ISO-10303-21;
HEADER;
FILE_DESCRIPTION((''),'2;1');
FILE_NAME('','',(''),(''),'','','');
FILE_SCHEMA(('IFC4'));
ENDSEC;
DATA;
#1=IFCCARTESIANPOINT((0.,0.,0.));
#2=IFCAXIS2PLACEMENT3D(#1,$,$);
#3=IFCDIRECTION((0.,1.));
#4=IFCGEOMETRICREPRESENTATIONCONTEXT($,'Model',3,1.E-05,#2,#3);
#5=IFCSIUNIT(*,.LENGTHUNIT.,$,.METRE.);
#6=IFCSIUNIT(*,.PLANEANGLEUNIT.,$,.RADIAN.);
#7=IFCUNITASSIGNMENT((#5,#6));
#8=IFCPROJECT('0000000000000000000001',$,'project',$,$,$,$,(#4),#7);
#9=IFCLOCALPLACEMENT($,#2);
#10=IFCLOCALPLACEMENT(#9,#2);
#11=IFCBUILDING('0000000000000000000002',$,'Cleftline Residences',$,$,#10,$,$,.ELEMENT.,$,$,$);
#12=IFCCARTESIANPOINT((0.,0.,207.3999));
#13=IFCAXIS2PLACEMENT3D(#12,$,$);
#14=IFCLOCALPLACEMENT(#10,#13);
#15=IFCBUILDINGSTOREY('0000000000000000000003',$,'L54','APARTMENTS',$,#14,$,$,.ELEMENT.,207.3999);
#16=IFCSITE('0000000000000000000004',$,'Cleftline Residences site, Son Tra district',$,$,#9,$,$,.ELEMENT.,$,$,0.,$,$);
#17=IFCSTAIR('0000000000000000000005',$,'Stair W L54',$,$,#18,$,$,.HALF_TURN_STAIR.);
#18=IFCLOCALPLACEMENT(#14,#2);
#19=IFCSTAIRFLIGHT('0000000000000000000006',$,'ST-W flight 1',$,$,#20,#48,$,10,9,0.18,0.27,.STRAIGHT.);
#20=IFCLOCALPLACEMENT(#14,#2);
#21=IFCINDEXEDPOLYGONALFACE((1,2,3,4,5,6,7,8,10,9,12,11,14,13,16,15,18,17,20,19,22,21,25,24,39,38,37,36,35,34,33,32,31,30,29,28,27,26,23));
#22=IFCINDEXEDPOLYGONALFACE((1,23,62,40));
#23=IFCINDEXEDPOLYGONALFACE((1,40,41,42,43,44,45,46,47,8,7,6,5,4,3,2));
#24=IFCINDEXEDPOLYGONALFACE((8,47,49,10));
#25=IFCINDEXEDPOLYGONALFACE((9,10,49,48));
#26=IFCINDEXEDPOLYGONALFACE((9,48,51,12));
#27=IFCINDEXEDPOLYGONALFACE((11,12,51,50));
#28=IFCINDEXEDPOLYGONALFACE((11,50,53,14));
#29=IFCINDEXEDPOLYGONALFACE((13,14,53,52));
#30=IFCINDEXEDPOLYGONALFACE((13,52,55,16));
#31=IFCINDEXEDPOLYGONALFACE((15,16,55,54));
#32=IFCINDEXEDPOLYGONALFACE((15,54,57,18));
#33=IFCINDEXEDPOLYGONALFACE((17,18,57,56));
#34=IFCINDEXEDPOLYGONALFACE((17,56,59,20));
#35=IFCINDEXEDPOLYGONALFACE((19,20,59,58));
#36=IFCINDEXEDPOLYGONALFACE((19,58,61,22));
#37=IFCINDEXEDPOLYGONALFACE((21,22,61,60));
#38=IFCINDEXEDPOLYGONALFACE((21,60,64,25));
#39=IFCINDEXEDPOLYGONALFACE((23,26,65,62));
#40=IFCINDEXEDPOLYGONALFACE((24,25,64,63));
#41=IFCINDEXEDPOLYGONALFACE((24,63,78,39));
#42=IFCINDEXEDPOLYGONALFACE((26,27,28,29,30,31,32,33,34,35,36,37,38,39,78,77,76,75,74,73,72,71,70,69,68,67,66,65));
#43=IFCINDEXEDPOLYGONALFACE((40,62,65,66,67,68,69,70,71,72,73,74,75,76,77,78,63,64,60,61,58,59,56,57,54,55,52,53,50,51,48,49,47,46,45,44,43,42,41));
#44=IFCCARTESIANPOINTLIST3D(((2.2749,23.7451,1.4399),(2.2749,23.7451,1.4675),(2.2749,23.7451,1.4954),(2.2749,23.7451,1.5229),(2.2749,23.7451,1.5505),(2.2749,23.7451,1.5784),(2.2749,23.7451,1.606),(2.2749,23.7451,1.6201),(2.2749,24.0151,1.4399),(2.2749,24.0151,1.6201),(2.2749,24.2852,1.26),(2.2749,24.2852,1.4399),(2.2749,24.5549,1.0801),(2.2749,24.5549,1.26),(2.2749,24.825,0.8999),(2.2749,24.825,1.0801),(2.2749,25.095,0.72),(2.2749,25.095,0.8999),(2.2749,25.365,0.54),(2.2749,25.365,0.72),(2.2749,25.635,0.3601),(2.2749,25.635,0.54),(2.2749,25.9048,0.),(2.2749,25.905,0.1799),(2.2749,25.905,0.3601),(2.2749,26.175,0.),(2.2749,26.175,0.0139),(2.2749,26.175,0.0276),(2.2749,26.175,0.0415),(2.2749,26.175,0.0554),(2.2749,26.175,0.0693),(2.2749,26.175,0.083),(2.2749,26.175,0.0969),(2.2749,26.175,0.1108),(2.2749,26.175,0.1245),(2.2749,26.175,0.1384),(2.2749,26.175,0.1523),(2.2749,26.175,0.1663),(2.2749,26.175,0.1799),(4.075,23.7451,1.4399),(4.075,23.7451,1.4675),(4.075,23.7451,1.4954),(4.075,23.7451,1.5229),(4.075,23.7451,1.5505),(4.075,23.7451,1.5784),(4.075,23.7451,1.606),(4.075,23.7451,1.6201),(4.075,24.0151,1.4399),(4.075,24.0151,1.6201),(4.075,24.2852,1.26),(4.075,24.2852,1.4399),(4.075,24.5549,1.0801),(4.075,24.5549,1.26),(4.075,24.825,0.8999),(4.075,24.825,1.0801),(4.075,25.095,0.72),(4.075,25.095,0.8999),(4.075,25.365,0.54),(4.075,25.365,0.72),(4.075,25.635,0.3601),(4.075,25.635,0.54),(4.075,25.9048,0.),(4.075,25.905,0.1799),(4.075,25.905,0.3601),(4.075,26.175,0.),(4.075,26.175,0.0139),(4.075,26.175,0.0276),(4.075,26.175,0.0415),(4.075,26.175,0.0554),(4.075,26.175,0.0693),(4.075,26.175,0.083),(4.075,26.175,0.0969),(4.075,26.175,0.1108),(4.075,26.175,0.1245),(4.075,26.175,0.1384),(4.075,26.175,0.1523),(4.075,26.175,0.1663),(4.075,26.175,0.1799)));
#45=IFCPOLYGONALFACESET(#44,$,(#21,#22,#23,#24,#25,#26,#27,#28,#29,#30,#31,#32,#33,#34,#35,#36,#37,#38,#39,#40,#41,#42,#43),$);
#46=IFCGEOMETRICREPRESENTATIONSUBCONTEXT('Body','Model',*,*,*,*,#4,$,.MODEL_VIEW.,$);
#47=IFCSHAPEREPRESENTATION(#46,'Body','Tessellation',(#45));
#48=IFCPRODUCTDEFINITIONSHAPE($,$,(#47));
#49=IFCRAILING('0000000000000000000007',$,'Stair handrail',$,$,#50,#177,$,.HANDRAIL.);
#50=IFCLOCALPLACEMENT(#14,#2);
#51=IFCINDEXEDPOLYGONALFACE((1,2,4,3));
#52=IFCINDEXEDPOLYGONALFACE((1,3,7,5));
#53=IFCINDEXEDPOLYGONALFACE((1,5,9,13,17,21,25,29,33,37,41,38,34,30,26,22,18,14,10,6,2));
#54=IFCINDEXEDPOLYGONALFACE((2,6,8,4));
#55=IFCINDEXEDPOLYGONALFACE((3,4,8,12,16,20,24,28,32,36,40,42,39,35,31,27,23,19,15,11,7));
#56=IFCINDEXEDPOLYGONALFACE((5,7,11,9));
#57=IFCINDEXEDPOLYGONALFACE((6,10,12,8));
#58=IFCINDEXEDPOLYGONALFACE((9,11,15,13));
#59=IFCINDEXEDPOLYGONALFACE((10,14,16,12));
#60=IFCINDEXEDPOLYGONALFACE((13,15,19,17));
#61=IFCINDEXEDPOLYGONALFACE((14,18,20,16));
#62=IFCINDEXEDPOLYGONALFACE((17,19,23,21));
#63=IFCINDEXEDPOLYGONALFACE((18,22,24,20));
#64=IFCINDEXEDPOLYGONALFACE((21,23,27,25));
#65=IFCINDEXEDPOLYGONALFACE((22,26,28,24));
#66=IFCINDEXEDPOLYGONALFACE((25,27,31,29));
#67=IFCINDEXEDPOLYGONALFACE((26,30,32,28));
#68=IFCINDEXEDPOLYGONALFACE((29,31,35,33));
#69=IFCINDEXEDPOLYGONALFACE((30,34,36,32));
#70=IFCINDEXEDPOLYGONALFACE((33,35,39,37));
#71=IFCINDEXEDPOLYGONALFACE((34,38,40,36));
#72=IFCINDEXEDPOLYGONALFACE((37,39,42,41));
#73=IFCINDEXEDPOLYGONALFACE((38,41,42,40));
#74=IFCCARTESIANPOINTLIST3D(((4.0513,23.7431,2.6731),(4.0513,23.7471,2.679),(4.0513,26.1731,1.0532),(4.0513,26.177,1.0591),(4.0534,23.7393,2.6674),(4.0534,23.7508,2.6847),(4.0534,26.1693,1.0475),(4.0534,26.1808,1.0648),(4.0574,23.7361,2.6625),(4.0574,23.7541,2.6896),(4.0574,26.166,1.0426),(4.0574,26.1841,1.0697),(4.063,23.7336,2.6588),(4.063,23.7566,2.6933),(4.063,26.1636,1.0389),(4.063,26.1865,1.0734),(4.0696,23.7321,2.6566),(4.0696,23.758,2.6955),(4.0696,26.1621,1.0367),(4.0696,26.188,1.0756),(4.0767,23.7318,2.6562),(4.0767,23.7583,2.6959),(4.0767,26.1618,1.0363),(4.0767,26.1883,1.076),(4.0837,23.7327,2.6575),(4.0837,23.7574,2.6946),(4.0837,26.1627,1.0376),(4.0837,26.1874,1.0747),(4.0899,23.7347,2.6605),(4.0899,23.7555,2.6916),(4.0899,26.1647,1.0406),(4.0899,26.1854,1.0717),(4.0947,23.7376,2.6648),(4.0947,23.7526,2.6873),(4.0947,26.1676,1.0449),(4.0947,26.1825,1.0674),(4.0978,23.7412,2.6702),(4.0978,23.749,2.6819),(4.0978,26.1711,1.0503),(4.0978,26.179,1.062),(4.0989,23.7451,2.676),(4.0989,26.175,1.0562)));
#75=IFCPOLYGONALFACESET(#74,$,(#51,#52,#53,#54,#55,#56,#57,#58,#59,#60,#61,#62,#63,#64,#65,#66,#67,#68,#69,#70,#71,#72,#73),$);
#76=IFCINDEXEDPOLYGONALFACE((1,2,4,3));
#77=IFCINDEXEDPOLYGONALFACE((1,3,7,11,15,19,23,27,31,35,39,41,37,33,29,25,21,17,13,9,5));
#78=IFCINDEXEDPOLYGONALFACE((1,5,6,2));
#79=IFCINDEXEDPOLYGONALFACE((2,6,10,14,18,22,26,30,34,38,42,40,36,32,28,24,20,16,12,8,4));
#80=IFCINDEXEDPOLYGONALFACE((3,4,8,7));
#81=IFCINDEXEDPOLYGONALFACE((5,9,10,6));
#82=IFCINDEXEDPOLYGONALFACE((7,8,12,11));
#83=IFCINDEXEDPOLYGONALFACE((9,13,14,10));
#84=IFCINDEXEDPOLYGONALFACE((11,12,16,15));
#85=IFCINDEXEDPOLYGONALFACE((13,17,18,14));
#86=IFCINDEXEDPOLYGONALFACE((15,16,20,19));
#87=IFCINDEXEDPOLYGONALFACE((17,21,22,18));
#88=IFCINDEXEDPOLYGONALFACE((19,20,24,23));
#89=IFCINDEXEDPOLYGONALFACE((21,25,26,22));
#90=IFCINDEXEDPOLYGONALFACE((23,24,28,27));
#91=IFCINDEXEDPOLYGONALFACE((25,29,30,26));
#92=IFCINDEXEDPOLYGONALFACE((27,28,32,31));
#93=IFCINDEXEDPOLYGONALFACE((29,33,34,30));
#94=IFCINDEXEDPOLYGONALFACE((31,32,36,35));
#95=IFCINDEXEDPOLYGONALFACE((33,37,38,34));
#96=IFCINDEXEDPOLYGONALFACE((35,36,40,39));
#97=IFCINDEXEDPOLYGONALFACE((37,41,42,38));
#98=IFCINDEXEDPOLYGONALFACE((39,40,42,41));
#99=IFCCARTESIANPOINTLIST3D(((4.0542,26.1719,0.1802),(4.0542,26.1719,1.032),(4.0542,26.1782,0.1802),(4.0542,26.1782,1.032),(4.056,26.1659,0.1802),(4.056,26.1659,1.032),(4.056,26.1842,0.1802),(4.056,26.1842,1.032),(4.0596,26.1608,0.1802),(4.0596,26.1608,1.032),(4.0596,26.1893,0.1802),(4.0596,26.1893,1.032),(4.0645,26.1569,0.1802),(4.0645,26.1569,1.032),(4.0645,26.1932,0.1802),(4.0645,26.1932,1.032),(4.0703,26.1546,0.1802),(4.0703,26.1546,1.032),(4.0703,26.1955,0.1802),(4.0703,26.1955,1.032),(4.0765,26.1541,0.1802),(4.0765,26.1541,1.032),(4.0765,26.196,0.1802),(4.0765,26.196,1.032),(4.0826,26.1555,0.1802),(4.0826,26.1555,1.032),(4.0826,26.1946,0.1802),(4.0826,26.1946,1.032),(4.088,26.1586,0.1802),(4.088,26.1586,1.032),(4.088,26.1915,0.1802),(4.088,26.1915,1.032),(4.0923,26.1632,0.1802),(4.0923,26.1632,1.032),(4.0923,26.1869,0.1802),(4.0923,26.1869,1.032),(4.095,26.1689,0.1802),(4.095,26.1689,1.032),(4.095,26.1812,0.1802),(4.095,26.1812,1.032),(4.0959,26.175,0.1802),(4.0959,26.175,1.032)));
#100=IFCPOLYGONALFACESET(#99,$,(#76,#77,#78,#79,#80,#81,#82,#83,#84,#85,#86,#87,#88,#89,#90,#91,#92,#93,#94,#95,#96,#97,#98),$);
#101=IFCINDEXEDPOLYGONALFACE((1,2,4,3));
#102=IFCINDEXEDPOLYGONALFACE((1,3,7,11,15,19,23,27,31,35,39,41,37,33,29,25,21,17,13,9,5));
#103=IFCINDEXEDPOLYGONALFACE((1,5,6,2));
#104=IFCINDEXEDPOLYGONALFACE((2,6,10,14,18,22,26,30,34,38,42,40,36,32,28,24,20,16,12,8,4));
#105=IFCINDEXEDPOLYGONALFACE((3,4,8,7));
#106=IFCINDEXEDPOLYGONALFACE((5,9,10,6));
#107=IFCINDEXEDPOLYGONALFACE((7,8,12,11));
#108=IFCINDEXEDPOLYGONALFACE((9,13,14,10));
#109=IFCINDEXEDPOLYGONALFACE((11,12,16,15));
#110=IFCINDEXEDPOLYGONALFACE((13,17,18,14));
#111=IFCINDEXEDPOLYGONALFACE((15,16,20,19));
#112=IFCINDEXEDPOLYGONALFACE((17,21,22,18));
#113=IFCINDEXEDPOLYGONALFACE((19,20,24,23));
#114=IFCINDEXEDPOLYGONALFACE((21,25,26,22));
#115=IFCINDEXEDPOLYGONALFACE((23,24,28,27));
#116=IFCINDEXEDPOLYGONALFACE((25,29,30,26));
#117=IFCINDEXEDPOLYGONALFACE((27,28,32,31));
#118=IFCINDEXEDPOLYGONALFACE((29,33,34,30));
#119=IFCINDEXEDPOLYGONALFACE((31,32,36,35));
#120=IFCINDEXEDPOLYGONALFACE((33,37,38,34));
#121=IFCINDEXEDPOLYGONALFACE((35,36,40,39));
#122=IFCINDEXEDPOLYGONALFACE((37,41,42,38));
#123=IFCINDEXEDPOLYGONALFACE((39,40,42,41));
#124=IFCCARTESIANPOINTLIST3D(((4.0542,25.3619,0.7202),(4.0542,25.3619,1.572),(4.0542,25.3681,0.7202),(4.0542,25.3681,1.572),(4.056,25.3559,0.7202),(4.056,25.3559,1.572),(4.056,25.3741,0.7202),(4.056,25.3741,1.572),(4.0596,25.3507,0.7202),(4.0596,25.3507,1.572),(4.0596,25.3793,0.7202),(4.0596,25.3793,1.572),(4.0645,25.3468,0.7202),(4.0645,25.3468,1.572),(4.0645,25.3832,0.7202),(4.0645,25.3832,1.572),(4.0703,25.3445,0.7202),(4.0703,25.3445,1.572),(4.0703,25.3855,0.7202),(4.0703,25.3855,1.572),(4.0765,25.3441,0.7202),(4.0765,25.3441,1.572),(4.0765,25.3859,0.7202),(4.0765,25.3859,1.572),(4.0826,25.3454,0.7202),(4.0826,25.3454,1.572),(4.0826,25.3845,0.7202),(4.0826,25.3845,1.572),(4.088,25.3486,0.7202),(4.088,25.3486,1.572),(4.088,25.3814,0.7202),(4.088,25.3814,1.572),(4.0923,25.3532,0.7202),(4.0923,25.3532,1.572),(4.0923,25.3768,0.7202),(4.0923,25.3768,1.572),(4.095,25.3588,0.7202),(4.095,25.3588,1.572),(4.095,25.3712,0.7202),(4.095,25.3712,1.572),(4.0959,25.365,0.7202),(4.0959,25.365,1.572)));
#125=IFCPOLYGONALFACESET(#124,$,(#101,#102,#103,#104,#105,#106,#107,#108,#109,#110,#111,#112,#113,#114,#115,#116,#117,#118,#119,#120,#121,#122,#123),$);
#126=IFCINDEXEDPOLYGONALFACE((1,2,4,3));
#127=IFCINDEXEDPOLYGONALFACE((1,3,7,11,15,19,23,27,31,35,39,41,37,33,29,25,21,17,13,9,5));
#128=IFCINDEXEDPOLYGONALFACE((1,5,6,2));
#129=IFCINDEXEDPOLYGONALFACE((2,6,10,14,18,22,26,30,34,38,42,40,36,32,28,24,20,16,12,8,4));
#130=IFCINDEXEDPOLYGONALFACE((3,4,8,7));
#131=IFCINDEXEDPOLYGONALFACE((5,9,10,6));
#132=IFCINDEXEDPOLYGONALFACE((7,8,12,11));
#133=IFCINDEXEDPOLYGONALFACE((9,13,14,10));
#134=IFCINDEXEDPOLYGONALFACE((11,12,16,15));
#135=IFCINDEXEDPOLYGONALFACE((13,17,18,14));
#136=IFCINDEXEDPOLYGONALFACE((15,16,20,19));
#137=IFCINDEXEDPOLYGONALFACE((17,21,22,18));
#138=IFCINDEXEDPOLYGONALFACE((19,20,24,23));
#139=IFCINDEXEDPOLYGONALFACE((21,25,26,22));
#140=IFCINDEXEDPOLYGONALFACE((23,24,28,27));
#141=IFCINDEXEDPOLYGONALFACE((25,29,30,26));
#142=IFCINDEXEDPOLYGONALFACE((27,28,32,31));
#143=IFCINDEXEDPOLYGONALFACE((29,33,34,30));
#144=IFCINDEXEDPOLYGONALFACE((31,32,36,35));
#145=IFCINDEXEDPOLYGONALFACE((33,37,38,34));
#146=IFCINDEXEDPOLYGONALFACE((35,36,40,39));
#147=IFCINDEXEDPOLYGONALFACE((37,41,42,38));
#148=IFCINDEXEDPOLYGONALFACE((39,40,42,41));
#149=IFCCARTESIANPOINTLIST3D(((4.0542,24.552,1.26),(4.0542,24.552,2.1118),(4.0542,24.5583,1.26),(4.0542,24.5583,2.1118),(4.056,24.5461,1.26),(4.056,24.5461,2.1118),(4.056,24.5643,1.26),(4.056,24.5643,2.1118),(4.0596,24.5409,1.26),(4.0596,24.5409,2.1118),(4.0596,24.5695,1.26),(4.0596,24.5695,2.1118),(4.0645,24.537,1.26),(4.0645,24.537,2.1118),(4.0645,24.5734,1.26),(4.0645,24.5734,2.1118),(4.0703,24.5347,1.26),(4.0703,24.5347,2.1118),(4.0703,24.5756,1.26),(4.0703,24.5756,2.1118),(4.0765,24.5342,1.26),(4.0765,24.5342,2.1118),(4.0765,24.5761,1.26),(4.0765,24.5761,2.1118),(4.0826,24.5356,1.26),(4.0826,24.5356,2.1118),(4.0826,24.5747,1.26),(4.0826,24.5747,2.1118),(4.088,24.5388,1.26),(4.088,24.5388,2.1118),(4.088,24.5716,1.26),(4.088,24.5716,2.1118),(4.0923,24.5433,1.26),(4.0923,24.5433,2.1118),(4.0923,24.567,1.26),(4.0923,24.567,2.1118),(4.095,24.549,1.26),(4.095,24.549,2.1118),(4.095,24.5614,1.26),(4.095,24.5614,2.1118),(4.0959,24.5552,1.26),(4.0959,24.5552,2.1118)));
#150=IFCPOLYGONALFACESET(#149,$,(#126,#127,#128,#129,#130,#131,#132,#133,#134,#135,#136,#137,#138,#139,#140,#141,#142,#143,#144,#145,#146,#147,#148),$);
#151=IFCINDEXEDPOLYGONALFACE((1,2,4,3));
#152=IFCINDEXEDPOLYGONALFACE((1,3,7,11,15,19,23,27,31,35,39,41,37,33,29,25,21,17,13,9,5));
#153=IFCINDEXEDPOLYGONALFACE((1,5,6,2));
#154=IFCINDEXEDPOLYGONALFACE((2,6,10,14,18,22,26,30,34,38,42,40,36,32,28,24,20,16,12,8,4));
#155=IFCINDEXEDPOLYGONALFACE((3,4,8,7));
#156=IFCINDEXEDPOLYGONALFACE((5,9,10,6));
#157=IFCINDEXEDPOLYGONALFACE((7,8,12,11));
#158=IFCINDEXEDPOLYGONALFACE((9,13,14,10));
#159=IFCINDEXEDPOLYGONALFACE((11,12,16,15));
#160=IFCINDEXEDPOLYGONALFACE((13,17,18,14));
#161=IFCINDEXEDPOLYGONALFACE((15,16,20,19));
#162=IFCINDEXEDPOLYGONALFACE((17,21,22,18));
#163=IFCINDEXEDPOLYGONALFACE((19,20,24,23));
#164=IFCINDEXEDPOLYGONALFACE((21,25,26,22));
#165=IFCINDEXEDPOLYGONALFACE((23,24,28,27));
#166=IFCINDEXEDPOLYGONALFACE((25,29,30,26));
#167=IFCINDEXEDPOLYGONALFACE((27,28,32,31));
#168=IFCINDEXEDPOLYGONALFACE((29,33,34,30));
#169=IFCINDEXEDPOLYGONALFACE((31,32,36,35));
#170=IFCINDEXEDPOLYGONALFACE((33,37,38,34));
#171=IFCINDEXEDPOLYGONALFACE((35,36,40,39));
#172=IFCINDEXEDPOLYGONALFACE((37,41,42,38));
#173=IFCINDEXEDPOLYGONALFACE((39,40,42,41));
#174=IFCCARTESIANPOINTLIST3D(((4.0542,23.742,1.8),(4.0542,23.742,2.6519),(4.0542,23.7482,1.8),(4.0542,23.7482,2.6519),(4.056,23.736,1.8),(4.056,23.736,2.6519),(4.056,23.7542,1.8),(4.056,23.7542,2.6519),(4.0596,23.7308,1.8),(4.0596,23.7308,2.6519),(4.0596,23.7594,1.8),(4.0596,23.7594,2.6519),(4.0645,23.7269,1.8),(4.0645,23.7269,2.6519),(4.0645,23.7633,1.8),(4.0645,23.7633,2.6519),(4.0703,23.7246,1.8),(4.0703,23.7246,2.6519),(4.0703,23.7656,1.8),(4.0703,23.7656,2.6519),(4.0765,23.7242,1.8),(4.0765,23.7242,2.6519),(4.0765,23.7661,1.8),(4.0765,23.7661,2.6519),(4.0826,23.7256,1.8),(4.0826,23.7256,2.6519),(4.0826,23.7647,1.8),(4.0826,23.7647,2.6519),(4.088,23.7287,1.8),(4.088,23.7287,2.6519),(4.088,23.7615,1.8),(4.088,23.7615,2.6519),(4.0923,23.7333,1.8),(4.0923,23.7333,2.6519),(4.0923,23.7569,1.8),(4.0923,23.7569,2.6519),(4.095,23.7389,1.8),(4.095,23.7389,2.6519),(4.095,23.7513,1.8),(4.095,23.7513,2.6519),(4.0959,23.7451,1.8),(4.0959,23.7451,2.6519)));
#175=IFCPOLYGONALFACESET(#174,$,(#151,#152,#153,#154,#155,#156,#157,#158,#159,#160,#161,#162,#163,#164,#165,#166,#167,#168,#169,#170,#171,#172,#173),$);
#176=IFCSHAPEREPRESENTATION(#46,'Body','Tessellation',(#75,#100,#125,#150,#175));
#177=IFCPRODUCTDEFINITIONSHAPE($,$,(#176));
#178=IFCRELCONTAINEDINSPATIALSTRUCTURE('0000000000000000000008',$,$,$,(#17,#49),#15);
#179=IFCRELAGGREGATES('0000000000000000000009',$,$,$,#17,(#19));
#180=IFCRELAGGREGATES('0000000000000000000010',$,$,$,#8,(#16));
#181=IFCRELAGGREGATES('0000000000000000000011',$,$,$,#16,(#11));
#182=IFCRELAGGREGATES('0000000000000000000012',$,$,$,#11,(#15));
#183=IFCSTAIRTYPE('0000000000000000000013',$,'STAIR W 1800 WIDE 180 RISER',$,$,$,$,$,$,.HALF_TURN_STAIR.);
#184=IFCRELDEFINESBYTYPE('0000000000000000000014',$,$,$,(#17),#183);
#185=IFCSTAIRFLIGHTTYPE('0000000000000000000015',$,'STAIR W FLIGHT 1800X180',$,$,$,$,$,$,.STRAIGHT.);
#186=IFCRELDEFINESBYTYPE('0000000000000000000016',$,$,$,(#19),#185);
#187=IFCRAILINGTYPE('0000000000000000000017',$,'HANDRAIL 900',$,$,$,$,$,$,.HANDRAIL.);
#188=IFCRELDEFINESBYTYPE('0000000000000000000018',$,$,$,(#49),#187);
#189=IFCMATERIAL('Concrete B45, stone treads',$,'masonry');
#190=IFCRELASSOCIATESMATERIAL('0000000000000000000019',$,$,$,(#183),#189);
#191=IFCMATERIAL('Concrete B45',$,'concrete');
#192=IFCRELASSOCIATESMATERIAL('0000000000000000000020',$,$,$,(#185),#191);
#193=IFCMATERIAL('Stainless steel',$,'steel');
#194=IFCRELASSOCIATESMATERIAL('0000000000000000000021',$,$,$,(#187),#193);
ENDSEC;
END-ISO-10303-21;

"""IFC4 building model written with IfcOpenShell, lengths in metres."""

from ifc_helpers import new_model, si_unit, direction, frame, origin, origin_2d, place, context, subcontext, project, spatial, polyline, circle, outline, extrude, material, type_object, element, aggregate, save


model = new_model("IFC4")

# Units and contexts
model_context = context("Model", 3, precision=1e-05, world=origin(), true_north=direction((0.0, 1.0)))
body_context = subcontext(model_context, "Body", "Model", "MODEL_VIEW")
ifc_project = project(units=[si_unit("LENGTHUNIT", "METRE"), si_unit("PLANEANGLEUNIT", "RADIAN")], contexts=[model_context])

# Site, building, storey
site_placement = place(None, origin())
site = spatial("IfcSite", under=ifc_project, at=site_placement, Name="Cleftline Residences site, Son Tra district", CompositionType="ELEMENT", RefElevation=0.0)
building_placement = place(site_placement, origin())
building = spatial("IfcBuilding", under=site, at=building_placement, Name="Cleftline Residences", CompositionType="ELEMENT")
storey_placement = place(building_placement, frame((0.0, 0.0, 207.3999)))
storey = spatial("IfcBuildingStorey", under=building, at=storey_placement, Name="L54", Description="APARTMENTS", CompositionType="ELEMENT", Elevation=207.3999)

# Stair, stair flight
ifc_material_1 = material(Name="Concrete B45, stone treads", Category="masonry")
stair_type = type_object("IfcStairType", Name="STAIR W 1800 WIDE 180 RISER", PredefinedType="HALF_TURN_STAIR", material=ifc_material_1)
stair_placement = place(storey_placement, origin())
stair = element("IfcStair", 1, at=stair_placement, inside=storey, type_object=stair_type, Name="Stair W L54", PredefinedType="HALF_TURN_STAIR")
ifc_material_2 = material(Name="Concrete B45", Category="concrete")
stair_flight_type = type_object("IfcStairFlightType", Name="STAIR W FLIGHT 1800X180", PredefinedType="STRAIGHT", material=ifc_material_2)
stair_flight_placement = place(storey_placement, frame((3.175, 26.175, 0.0), z_axis=(0.0, 0.0, 1.0), x_axis=(0.0, -1.0, 0.0)))
stair_flight = element("IfcStairFlight", 2, at=stair_flight_placement, type_object=stair_flight_type, Name="ST-W flight 1", NumberOfRisers=10, NumberOfTreads=9, PredefinedType="STRAIGHT", RiserHeight=0.18, TreadLength=0.27, context=body_context, shape_type="SweptSolid", body=[
    extrude(outline(polyline([(0.0, 0.0), (0.0, 0.0139), (0.0, 0.0276), (0.0, 0.0415), (0.0, 0.0554), (0.0, 0.0693), (0.0, 0.083), (0.0, 0.0969), (0.0, 0.1108), (0.0, 0.1245), (0.0, 0.1384), (0.0, 0.1523), (0.0, 0.1663), (0.0, 0.1799), (0.27, 0.1799), (0.27, 0.3601), (0.54, 0.3601), (0.54, 0.54), (0.8101, 0.54), (0.8101, 0.72), (1.0801, 0.72), (1.0801, 0.8999), (1.3501, 0.8999), (1.3501, 1.0801), (1.6201, 1.0801), (1.6201, 1.26), (1.8899, 1.26), (1.8899, 1.4399), (2.1599, 1.4399), (2.1599, 1.6201), (2.4299, 1.6201), (2.4299, 1.8), (2.4299, 1.7722), (2.4299, 1.7446), (2.4299, 1.7168), (2.4299, 1.6892), (2.4299, 1.6614), (2.4299, 1.6338), (2.4299, 1.606), (2.4299, 1.5784), (2.4299, 1.5505), (2.4299, 1.5229), (2.4299, 1.4954), (2.4299, 1.4675), (2.4299, 1.4399), (0.2703, 0.0), (0.0, 0.0)])), frame((0.0, 0.8999, 0.0), z_axis=(0.0, -1.0, 0.0), x_axis=(1.0, 0.0, 0.0)), (0.0, 0.0, 1.0), 1.8),
])
aggregate(stair, [stair_flight])

# Railing
ifc_material_3 = material(Name="Stainless steel", Category="steel")
railing_type = type_object("IfcRailingType", Name="HANDRAIL 900", PredefinedType="HANDRAIL", material=ifc_material_3)
railing_placement = place(storey_placement, frame((4.075, 26.175, 0.1802)))
element("IfcRailing", 3, at=railing_placement, inside=storey, type_object=railing_type, Name="Stair handrail", PredefinedType="HANDRAIL", context=body_context, shape_type="SweptSolid", body=[
    extrude(circle(Radius=0.0239, at=origin_2d()), frame((0.0, 0.0, 0.876), z_axis=(0.0, -0.832063, 0.554681), x_axis=(1.0, 0.0, 0.0)), (0.0, 0.0, 1.0), 2.9204),
    extrude(circle(Radius=0.021, at=origin_2d()), origin(), (0.0, 0.0, 1.0), 0.8518),
    extrude(circle(Radius=0.021, at=origin_2d()), frame((0.0, -0.8101, 0.54)), (0.0, 0.0, 1.0), 0.8518),
    extrude(circle(Radius=0.021, at=origin_2d()), frame((0.0, -1.6199, 1.0798)), (0.0, 0.0, 1.0), 0.8518),
    extrude(circle(Radius=0.021, at=origin_2d()), frame((0.0, -2.4299, 1.6199)), (0.0, 0.0, 1.0), 0.8518),
])

save(model, "model.ifc")
